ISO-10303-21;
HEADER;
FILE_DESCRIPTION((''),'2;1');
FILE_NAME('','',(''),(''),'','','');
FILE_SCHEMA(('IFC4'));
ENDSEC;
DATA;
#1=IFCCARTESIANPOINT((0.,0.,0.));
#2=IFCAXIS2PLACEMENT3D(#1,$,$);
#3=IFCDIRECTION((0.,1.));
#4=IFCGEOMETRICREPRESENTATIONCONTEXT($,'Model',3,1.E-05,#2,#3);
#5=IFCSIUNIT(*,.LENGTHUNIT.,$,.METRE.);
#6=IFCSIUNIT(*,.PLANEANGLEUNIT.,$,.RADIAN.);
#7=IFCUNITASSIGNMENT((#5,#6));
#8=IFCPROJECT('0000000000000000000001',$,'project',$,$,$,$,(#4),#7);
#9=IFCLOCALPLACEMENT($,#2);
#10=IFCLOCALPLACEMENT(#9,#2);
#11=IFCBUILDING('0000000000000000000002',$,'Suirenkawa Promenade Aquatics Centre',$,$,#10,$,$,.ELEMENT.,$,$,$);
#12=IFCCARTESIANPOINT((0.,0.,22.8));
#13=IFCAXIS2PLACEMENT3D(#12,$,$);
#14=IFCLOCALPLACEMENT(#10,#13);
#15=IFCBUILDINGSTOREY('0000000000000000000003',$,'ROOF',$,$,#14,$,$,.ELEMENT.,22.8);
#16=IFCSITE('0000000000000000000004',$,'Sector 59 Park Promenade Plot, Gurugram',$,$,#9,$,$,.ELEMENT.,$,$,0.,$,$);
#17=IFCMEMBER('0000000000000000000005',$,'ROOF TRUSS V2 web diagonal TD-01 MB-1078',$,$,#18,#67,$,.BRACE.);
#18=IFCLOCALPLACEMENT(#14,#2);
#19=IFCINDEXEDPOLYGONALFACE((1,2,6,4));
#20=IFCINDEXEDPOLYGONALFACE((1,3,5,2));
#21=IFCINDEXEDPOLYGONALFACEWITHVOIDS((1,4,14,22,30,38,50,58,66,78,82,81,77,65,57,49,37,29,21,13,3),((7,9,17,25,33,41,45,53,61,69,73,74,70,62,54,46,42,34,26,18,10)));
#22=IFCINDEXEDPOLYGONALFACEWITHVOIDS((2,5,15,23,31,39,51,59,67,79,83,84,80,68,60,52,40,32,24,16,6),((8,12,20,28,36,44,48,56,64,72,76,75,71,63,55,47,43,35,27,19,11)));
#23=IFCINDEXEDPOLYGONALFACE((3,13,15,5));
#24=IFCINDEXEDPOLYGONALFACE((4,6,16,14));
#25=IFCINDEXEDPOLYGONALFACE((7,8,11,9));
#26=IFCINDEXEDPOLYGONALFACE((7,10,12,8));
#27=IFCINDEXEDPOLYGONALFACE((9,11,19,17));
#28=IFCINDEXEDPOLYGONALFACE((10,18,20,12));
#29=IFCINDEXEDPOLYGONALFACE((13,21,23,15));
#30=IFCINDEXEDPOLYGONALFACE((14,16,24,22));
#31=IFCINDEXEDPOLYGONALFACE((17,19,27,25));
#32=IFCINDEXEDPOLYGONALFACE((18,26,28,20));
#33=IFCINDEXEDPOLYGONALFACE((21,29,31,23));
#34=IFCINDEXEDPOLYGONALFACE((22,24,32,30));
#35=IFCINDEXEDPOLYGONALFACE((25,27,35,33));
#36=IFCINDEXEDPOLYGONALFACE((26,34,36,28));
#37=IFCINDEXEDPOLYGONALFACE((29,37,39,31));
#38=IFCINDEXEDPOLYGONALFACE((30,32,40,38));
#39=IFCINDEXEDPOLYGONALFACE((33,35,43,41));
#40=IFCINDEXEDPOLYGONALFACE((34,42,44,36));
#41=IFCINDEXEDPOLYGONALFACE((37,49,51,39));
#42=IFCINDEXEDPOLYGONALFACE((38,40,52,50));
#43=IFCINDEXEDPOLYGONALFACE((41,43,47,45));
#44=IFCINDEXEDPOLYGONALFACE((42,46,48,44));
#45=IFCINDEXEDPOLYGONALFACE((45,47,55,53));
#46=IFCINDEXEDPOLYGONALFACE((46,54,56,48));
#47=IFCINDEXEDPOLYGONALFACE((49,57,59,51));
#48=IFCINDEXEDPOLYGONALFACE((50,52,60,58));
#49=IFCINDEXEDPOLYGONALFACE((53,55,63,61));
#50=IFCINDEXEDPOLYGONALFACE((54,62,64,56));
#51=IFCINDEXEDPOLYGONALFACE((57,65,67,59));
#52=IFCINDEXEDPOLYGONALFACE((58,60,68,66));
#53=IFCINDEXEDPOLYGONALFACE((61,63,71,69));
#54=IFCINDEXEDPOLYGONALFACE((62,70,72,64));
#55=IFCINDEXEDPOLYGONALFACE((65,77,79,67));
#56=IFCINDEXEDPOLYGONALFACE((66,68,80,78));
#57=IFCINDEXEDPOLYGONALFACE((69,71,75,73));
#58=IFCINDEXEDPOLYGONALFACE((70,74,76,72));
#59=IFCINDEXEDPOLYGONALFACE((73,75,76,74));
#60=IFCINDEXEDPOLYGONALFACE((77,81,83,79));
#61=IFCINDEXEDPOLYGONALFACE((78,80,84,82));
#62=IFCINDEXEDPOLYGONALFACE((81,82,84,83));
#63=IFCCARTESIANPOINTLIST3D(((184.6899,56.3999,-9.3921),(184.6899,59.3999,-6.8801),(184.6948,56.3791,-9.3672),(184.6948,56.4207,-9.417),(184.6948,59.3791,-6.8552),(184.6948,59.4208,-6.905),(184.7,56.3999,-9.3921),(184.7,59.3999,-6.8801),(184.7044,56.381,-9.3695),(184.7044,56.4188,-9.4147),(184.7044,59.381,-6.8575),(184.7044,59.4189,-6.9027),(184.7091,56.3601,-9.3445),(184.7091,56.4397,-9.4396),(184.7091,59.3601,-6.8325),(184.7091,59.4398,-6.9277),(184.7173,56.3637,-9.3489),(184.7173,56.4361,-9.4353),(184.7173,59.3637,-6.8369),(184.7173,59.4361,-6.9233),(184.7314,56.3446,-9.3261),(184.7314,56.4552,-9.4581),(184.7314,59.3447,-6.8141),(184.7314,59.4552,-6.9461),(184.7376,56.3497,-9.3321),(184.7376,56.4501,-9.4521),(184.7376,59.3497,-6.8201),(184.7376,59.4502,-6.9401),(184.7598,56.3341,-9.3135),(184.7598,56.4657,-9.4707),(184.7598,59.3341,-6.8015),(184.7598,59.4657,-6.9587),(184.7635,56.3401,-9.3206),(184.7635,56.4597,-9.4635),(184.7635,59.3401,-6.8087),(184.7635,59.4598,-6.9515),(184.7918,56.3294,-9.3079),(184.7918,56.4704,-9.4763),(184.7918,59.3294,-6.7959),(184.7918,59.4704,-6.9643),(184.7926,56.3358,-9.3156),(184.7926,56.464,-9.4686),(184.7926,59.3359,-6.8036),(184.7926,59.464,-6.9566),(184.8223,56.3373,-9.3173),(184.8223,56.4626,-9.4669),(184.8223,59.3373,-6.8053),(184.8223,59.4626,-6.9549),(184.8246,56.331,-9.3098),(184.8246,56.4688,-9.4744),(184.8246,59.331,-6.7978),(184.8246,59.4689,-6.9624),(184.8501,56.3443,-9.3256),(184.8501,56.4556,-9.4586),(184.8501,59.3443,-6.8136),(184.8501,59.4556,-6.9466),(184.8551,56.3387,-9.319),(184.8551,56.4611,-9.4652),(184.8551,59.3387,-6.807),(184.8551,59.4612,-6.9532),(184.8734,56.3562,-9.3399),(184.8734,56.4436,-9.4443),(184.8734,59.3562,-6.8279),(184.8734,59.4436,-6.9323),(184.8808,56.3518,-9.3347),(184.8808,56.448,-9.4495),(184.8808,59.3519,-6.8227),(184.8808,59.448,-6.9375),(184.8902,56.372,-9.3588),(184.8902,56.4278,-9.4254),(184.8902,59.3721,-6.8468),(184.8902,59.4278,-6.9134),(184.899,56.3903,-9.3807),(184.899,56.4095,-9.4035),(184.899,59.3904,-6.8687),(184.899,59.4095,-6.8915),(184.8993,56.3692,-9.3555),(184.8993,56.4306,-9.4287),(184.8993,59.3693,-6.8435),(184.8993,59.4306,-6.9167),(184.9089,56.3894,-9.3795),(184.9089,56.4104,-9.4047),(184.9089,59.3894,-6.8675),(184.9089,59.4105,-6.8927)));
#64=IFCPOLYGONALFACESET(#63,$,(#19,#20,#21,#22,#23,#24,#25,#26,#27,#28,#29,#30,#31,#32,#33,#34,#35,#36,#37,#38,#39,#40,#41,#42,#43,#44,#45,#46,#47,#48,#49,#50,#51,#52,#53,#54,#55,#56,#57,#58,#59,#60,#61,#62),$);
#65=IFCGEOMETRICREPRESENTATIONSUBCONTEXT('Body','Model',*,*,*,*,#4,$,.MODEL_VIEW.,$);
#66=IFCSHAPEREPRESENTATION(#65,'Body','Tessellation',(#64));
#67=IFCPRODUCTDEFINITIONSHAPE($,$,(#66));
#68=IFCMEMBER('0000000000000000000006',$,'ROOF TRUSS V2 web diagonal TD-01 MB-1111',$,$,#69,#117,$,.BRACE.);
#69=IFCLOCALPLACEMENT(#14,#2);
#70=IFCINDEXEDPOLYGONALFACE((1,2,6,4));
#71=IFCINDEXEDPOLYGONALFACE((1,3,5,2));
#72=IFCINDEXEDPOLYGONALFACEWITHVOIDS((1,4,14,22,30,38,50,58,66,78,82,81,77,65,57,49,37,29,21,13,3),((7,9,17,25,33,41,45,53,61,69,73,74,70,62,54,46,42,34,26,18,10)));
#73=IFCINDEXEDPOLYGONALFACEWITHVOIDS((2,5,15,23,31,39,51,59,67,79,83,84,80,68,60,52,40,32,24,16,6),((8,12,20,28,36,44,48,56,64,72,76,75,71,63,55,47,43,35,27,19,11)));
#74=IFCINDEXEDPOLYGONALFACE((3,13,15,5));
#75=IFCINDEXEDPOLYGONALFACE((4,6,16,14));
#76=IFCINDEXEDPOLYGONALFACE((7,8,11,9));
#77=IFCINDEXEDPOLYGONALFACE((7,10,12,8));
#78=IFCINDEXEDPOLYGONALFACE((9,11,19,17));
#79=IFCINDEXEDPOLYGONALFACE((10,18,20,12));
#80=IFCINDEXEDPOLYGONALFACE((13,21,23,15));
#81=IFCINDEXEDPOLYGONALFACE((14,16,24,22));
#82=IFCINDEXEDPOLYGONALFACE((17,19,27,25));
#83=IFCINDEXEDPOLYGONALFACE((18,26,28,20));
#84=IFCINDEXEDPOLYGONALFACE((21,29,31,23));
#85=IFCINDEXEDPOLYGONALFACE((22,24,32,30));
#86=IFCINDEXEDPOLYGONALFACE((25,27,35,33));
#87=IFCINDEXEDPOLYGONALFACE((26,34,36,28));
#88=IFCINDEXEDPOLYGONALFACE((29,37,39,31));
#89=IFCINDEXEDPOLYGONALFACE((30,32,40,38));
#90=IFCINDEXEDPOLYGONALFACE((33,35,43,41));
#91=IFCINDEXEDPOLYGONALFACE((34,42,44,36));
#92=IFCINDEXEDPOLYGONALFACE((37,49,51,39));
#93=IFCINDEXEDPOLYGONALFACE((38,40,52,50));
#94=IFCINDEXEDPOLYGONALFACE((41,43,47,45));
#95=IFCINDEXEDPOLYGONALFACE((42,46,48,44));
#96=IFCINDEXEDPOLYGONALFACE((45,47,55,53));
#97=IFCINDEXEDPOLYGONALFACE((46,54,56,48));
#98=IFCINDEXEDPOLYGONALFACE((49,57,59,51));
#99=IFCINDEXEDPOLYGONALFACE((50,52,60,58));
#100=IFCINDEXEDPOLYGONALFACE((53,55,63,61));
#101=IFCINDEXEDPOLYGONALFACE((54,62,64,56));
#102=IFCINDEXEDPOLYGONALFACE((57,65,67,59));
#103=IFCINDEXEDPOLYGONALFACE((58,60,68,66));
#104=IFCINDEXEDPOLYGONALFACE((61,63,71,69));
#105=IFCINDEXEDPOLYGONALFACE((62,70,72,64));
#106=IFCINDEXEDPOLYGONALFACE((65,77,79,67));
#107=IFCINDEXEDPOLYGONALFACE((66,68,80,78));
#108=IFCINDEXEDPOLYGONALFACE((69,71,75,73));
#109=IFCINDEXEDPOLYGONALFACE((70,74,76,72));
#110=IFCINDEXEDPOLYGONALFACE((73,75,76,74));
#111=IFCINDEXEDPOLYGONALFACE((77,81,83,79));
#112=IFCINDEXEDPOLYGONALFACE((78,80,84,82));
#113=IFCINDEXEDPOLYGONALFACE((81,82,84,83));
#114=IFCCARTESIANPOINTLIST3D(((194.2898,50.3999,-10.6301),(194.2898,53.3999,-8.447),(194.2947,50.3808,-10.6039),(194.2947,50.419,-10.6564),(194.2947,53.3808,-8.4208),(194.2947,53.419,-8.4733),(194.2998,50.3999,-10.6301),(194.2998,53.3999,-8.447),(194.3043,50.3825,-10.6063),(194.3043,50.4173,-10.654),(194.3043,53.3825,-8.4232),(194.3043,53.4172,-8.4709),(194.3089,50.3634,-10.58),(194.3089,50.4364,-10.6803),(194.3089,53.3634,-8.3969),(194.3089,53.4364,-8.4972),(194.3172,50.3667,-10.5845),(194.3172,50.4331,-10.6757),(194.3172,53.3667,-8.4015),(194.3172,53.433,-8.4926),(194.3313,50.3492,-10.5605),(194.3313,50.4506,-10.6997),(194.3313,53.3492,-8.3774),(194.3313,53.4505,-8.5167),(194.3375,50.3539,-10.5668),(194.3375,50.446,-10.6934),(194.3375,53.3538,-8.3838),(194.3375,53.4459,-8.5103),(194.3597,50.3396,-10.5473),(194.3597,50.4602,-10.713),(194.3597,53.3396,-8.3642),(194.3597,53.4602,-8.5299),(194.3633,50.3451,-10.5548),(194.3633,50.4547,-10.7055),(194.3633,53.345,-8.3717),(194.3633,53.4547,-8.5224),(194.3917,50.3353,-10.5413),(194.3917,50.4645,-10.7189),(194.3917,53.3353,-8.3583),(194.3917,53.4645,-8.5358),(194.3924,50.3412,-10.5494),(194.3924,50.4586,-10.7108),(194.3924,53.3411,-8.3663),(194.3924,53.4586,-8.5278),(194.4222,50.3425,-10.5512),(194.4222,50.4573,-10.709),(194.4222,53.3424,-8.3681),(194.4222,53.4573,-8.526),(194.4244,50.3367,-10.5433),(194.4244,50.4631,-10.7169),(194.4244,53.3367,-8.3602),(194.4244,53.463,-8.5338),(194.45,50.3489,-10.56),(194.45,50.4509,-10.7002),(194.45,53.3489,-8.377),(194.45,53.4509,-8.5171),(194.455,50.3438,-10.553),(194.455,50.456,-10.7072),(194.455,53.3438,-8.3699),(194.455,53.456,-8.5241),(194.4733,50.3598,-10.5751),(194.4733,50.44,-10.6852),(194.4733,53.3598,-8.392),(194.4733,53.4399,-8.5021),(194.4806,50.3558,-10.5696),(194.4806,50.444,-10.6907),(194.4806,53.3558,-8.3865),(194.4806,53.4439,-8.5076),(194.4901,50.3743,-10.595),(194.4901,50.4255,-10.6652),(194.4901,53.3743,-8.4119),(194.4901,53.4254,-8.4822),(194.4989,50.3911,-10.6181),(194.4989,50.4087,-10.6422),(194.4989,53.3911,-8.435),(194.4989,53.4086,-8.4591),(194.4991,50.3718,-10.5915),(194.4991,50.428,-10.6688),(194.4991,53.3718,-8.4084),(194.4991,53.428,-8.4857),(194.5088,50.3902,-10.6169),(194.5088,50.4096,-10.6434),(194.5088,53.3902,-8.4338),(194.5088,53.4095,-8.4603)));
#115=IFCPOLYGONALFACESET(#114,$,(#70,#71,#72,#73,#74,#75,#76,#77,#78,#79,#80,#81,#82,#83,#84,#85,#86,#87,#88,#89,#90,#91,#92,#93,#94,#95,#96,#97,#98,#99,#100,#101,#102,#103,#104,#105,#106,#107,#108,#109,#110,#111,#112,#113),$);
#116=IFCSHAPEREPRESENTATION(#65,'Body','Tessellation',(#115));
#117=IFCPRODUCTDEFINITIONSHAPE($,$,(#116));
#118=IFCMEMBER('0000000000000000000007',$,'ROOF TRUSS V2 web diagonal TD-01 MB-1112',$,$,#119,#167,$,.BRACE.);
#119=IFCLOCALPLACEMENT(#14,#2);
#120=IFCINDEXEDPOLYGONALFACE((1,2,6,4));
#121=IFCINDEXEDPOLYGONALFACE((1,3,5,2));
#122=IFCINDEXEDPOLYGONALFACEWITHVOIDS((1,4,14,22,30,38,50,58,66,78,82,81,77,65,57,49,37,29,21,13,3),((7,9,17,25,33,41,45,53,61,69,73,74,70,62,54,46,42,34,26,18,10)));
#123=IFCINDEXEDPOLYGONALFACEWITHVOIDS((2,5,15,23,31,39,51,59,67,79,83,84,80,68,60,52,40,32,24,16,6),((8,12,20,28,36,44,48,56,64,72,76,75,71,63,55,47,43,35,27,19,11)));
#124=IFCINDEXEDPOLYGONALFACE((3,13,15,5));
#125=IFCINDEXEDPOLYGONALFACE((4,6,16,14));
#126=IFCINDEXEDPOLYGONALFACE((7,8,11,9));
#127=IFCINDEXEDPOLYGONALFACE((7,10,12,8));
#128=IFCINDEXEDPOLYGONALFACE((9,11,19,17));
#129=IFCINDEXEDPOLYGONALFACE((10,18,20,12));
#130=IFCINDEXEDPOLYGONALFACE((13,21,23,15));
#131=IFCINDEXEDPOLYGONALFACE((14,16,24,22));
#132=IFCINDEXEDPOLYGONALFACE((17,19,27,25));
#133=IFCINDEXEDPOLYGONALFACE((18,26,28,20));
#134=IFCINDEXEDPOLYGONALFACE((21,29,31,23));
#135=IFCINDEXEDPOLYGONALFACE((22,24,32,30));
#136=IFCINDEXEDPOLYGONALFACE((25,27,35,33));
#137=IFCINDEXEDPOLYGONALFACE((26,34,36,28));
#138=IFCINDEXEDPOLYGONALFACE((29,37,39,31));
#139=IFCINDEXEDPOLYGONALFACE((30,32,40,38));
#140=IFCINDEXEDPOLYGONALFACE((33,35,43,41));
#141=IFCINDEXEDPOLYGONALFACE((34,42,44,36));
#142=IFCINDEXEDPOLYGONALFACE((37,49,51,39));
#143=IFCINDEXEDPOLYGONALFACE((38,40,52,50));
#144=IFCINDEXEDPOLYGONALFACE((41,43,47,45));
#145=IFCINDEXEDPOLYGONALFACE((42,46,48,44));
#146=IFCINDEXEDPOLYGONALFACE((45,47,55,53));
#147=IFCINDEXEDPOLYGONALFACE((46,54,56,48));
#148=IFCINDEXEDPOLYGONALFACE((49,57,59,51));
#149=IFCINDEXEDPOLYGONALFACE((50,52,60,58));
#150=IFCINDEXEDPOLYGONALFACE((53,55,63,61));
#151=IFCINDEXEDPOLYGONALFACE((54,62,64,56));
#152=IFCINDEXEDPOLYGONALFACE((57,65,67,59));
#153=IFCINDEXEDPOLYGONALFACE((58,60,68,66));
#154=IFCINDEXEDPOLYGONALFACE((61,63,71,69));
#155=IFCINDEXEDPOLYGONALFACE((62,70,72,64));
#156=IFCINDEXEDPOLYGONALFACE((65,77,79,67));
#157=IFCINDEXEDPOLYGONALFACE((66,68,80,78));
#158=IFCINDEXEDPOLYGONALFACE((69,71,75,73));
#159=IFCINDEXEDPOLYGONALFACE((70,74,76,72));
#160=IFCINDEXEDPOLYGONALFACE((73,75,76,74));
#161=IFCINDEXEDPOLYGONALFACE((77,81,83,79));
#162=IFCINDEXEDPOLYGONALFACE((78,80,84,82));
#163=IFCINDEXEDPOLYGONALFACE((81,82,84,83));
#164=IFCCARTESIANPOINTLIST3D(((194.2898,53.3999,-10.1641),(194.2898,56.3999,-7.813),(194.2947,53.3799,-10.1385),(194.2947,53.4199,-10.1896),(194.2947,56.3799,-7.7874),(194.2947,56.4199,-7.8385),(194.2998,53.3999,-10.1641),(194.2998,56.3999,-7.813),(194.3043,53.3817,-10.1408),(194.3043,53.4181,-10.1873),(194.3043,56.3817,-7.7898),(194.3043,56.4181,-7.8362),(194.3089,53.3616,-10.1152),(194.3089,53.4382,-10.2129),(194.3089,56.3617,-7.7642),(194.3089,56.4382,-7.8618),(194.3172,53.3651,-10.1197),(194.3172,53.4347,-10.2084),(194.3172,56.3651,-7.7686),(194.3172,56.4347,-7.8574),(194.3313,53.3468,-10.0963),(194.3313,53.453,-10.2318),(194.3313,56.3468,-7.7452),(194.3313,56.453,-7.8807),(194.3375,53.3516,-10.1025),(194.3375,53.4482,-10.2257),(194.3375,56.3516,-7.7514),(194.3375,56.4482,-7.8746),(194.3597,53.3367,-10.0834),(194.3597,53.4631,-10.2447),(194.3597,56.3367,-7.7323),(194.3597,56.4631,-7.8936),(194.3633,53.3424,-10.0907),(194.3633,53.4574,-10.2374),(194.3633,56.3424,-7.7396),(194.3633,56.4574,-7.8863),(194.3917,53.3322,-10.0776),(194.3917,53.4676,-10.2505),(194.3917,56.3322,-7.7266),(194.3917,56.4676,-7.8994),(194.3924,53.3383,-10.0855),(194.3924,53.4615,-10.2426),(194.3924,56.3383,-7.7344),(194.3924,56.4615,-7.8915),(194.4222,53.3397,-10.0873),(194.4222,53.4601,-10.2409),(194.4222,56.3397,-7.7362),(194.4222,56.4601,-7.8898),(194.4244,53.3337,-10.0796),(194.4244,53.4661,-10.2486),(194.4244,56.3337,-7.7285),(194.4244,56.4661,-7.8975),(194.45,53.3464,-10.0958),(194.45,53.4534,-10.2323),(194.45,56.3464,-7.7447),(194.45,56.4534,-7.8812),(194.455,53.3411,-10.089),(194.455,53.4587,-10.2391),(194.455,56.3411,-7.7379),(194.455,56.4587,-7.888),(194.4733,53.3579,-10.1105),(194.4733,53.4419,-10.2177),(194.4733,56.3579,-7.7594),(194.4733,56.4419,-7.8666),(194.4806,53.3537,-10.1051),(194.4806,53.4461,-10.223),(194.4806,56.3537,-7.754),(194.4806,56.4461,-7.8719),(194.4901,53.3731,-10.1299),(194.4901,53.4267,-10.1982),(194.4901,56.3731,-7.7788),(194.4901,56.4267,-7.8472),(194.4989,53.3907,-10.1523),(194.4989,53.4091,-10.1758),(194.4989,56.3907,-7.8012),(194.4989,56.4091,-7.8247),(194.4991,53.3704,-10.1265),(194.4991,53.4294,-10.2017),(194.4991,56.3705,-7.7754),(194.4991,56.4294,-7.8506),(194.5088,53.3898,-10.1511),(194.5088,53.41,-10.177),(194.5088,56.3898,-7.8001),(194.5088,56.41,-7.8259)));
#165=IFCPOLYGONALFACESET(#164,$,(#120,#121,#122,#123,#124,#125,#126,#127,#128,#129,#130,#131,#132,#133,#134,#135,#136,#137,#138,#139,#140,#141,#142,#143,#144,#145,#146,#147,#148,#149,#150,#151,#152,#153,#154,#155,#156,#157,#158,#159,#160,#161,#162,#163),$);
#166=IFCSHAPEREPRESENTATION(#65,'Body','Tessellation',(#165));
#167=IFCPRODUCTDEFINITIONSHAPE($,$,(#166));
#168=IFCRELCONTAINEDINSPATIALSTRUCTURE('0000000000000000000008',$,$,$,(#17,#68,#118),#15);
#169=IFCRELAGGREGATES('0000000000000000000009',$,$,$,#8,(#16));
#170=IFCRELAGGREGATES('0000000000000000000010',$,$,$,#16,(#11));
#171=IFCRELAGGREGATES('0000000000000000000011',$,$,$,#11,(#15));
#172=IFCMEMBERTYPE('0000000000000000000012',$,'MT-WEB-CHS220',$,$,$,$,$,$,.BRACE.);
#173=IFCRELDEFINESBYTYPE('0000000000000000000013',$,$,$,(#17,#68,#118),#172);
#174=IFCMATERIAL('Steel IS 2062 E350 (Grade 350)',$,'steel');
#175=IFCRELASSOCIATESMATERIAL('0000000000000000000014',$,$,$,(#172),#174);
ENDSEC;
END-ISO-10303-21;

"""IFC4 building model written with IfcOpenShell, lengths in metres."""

from ifc_helpers import new_model, si_unit, direction, frame, origin, origin_2d, place, context, subcontext, project, spatial, hollow_circle, extrude, material, material_profile, profile_set, type_object, element, save


model = new_model("IFC4")

# Units and contexts
model_context = context("Model", 3, precision=1e-05, world=origin(), true_north=direction((0.0, 1.0)))
body_context = subcontext(model_context, "Body", "Model", "MODEL_VIEW")
ifc_project = project(units=[si_unit("LENGTHUNIT", "METRE"), si_unit("PLANEANGLEUNIT", "RADIAN")], contexts=[model_context])

# Site, building, storey
site_placement = place(None, origin())
site = spatial("IfcSite", under=ifc_project, at=site_placement, Name="Sector 59 Park Promenade Plot, Gurugram", CompositionType="ELEMENT", RefElevation=0.0)
building_placement = place(site_placement, origin())
building = spatial("IfcBuilding", under=site, at=building_placement, Name="Suirenkawa Promenade Aquatics Centre", CompositionType="ELEMENT")
storey_placement = place(building_placement, frame((0.0, 0.0, 22.8)))
storey = spatial("IfcBuildingStorey", under=building, at=storey_placement, Name="ROOF", CompositionType="ELEMENT", Elevation=22.8)

# Shared definitions
ifc_material = material(Name="Steel IS 2062 E350 (Grade 350)", Category="steel")

# Members
ifc_material_profile_1 = material_profile(ifc_material, hollow_circle(Radius=0.1101, WallThickness=0.01, at=origin_2d()), Name="CHS 220x10", Category="steel")
ifc_profile_set_1 = profile_set([ifc_material_profile_1], Name="Steel IS 2062 E350 (Grade 350)")
member_type_1 = type_object("IfcMemberType", Name="MT-WEB-CHS220", PredefinedType="BRACE", material=ifc_profile_set_1)
member_1_placement = place(storey_placement, frame((184.8, 56.3999, -9.3921), z_axis=(0.0, 0.766716, 0.641987), x_axis=(-1.0, 0.0, 0.0)))
element("IfcMember", 1, at=member_1_placement, inside=storey, type_object=member_type_1, Name="ROOF TRUSS V2 web diagonal TD-01 MB-1078", PredefinedType="BRACE", context=body_context, shape_type="SweptSolid", body=[
    extrude(hollow_circle(Radius=0.1101, WallThickness=0.01, at=origin_2d()), origin(), (0.0, 0.0, 1.0), 3.9128),
])
member_2_placement = place(storey_placement, frame((194.3999, 50.3999, -10.6301), z_axis=(0.0, 0.808571, 0.588399), x_axis=(-1.0, 0.0, 0.0)))
element("IfcMember", 2, at=member_2_placement, inside=storey, type_object=member_type_1, Name="ROOF TRUSS V2 web diagonal TD-01 MB-1111", PredefinedType="BRACE", context=body_context, shape_type="SweptSolid", body=[
    extrude(hollow_circle(Radius=0.1101, WallThickness=0.01, at=origin_2d()), origin(), (0.0, 0.0, 1.0), 3.7102),
])
member_3_placement = place(storey_placement, frame((194.3999, 53.3999, -10.1641), z_axis=(0.0, 0.787091, 0.616837), x_axis=(-1.0, 0.0, 0.0)))
element("IfcMember", 3, at=member_3_placement, inside=storey, type_object=member_type_1, Name="ROOF TRUSS V2 web diagonal TD-01 MB-1112", PredefinedType="BRACE", context=body_context, shape_type="SweptSolid", body=[
    extrude(hollow_circle(Radius=0.1101, WallThickness=0.01, at=origin_2d()), origin(), (0.0, 0.0, 1.0), 3.8115),
])

save(model, "model.ifc")
